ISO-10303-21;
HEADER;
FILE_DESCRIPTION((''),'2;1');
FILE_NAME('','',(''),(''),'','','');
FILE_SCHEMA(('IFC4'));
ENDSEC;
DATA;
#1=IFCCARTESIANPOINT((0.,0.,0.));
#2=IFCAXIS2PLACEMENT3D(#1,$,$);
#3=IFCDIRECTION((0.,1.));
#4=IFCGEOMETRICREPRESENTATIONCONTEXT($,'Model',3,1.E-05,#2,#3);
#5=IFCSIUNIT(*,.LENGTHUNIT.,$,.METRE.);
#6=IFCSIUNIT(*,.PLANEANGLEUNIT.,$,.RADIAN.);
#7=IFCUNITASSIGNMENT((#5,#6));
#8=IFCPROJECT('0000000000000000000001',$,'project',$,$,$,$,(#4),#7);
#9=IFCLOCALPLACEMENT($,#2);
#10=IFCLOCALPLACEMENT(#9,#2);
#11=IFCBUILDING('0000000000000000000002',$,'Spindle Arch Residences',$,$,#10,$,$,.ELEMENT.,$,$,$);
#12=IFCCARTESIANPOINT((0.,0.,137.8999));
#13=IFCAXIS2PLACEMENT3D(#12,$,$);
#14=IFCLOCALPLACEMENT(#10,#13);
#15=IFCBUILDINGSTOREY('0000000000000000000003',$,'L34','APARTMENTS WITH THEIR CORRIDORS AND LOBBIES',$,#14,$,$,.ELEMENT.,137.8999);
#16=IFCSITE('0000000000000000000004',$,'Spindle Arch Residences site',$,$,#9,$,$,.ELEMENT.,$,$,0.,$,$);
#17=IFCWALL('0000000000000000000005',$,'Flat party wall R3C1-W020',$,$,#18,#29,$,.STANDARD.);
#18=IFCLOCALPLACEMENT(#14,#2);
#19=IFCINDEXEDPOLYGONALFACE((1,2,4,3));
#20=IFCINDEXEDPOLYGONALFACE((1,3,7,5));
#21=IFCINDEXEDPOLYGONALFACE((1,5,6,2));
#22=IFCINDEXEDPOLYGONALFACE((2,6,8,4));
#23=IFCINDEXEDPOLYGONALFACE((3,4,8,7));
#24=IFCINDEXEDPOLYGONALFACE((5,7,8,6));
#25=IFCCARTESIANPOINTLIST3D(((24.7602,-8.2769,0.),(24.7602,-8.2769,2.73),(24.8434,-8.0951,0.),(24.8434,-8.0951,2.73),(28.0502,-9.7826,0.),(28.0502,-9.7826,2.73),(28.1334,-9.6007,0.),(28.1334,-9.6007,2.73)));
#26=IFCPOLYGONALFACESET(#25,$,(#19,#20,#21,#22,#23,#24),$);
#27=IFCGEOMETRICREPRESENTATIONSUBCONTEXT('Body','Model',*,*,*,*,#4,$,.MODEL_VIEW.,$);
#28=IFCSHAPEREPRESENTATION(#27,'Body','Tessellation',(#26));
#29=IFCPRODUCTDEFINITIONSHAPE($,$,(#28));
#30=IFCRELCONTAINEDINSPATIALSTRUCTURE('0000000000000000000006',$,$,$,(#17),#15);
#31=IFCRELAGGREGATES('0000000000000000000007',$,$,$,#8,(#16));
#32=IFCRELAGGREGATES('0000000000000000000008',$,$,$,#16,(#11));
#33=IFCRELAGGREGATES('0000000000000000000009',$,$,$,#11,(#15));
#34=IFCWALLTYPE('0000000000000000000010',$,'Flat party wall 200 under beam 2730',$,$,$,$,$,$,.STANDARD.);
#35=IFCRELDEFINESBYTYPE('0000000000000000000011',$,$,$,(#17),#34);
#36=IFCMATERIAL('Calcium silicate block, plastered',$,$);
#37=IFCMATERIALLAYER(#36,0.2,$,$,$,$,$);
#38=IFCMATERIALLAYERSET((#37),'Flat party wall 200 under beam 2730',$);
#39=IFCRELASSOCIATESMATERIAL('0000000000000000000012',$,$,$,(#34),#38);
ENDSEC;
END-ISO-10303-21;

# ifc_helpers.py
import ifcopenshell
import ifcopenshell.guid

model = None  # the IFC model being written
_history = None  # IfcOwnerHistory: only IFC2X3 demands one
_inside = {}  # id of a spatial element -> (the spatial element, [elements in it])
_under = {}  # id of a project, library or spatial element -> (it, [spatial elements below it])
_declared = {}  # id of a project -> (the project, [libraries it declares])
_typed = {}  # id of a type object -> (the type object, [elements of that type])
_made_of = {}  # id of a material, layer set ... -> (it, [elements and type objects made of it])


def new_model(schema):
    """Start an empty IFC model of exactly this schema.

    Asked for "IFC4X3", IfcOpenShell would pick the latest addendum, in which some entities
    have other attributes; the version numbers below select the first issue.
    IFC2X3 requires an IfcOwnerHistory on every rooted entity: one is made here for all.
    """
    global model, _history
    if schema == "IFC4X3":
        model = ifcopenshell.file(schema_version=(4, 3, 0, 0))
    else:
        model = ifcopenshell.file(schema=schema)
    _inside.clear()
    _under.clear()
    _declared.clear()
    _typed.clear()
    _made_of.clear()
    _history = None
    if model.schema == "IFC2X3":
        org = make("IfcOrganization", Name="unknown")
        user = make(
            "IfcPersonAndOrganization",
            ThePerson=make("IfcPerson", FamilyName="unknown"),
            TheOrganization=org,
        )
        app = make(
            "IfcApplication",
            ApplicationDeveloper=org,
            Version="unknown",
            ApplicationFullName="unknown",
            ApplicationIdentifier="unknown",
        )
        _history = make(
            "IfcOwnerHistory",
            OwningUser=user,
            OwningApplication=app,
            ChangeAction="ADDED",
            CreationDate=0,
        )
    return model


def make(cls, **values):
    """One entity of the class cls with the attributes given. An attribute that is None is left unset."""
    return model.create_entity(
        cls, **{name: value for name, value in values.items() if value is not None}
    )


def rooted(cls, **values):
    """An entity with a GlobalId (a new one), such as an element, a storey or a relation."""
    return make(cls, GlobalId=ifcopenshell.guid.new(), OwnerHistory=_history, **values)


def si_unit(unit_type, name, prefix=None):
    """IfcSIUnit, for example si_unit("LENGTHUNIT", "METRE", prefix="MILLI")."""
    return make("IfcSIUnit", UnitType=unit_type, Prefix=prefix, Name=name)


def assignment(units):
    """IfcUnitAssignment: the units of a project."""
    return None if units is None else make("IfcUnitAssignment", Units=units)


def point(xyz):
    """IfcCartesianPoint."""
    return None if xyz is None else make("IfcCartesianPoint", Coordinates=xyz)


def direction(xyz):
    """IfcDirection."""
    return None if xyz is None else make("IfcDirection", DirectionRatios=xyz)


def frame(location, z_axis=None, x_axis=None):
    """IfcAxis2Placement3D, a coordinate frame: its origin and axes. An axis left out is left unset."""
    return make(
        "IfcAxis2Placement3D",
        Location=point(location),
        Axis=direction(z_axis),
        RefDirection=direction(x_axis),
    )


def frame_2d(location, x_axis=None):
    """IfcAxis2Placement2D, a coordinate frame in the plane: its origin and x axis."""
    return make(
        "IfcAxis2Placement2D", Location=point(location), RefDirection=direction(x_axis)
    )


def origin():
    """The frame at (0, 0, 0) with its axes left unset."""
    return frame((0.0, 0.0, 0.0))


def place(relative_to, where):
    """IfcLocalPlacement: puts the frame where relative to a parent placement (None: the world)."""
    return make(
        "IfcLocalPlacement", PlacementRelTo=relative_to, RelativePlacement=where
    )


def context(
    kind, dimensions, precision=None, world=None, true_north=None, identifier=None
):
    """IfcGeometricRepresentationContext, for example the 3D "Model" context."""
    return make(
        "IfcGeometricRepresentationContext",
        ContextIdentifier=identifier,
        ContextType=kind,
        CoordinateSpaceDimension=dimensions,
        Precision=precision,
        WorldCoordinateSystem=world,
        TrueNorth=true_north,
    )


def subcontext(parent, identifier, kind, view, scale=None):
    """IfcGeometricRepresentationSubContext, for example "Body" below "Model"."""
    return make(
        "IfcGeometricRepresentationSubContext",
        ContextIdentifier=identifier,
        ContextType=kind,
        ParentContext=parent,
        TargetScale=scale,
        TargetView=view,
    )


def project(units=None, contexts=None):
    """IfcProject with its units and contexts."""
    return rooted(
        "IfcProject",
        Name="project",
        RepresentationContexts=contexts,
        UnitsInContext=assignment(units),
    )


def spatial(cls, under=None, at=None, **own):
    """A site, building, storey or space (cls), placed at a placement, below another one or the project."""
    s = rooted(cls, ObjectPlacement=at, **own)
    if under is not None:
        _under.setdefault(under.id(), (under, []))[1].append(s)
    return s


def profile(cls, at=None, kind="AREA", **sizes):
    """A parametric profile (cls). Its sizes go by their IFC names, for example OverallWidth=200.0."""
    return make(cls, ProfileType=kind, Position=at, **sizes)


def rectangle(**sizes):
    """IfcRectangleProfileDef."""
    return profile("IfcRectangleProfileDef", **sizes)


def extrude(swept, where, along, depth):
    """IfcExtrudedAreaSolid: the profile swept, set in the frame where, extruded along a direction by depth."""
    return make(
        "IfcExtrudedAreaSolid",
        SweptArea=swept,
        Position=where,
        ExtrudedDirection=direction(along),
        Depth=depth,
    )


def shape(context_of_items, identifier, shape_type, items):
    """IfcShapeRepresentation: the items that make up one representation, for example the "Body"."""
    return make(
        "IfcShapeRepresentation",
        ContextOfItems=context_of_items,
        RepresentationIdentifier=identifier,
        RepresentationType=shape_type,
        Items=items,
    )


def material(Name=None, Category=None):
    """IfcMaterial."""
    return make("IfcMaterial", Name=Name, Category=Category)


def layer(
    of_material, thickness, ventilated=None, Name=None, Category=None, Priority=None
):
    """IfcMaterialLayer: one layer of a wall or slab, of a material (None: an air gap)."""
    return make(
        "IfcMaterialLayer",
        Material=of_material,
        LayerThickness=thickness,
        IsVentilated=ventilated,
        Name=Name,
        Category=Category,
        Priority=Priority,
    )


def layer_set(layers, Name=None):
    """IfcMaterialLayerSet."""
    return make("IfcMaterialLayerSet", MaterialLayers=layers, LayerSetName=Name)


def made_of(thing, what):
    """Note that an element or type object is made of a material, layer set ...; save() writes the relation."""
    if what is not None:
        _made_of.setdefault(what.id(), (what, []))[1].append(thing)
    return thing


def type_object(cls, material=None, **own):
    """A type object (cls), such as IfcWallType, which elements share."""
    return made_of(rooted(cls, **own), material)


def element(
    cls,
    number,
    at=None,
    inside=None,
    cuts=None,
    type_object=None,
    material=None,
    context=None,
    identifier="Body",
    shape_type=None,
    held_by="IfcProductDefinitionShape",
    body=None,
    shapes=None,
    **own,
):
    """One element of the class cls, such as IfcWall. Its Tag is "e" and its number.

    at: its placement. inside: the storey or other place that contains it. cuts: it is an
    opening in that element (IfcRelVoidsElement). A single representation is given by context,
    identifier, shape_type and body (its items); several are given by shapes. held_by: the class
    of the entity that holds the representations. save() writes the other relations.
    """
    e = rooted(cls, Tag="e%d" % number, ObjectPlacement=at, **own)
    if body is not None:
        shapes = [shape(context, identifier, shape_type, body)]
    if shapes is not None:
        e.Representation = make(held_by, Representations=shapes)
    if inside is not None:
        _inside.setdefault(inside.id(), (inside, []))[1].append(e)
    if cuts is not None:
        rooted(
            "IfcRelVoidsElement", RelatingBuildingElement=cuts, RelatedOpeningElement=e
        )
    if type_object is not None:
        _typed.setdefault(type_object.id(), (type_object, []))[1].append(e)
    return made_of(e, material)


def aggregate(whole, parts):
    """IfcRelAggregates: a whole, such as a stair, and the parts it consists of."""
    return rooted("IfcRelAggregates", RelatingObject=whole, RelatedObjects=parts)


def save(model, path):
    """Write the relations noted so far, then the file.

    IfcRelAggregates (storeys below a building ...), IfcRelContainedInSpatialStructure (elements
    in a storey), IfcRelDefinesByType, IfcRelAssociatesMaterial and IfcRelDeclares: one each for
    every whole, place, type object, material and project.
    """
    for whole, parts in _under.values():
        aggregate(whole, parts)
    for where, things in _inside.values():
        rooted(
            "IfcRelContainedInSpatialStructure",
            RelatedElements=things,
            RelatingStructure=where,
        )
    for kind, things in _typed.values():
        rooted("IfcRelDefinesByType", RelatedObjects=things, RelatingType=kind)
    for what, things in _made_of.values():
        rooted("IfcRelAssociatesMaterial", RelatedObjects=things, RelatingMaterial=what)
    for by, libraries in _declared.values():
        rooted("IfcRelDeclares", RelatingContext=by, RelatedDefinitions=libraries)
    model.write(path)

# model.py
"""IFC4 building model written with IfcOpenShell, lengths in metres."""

from ifc_helpers import new_model, si_unit, direction, frame, frame_2d, origin, place, context, subcontext, project, spatial, rectangle, extrude, material, layer, layer_set, type_object, element, save


model = new_model("IFC4")

# Units and contexts
model_context = context("Model", 3, precision=1e-05, world=origin(), true_north=direction((0.0, 1.0)))
body_context = subcontext(model_context, "Body", "Model", "MODEL_VIEW")
ifc_project = project(units=[si_unit("LENGTHUNIT", "METRE"), si_unit("PLANEANGLEUNIT", "RADIAN")], contexts=[model_context])

# Site, building, storey
site_placement = place(None, origin())
site = spatial("IfcSite", under=ifc_project, at=site_placement, Name="Spindle Arch Residences site", CompositionType="ELEMENT", RefElevation=0.0)
building_placement = place(site_placement, origin())
building = spatial("IfcBuilding", under=site, at=building_placement, Name="Spindle Arch Residences", CompositionType="ELEMENT")
storey_placement = place(building_placement, frame((0.0, 0.0, 137.8999)))
storey = spatial("IfcBuildingStorey", under=building, at=storey_placement, Name="L34", Description="APARTMENTS WITH THEIR CORRIDORS AND LOBBIES", CompositionType="ELEMENT", Elevation=137.8999)

# Wall
ifc_material_1 = material(Name="Calcium silicate block, plastered")
ifc_layer_1 = layer(ifc_material_1, 0.2)
ifc_layer_set_1 = layer_set([ifc_layer_1], Name="Flat party wall 200 under beam 2730")
wall_type_1 = type_object("IfcWallType", Name="Flat party wall 200 under beam 2730", PredefinedType="STANDARD", material=ifc_layer_set_1)
wall_1_placement = place(storey_placement, frame((24.8018, -8.186, 0.0), z_axis=(0.0, 0.0, 1.0), x_axis=(0.909307, -0.416125, 0.0)))
element("IfcWall", 1, at=wall_1_placement, inside=storey, type_object=wall_type_1, Name="Flat party wall R3C1-W020", PredefinedType="STANDARD", context=body_context, shape_type="SweptSolid", body=[
    extrude(rectangle(XDim=3.6182, YDim=0.2, at=frame_2d((1.8091, 0.0))), origin(), (0.0, 0.0, 1.0), 2.73),
])

save(model, "model.ifc")
